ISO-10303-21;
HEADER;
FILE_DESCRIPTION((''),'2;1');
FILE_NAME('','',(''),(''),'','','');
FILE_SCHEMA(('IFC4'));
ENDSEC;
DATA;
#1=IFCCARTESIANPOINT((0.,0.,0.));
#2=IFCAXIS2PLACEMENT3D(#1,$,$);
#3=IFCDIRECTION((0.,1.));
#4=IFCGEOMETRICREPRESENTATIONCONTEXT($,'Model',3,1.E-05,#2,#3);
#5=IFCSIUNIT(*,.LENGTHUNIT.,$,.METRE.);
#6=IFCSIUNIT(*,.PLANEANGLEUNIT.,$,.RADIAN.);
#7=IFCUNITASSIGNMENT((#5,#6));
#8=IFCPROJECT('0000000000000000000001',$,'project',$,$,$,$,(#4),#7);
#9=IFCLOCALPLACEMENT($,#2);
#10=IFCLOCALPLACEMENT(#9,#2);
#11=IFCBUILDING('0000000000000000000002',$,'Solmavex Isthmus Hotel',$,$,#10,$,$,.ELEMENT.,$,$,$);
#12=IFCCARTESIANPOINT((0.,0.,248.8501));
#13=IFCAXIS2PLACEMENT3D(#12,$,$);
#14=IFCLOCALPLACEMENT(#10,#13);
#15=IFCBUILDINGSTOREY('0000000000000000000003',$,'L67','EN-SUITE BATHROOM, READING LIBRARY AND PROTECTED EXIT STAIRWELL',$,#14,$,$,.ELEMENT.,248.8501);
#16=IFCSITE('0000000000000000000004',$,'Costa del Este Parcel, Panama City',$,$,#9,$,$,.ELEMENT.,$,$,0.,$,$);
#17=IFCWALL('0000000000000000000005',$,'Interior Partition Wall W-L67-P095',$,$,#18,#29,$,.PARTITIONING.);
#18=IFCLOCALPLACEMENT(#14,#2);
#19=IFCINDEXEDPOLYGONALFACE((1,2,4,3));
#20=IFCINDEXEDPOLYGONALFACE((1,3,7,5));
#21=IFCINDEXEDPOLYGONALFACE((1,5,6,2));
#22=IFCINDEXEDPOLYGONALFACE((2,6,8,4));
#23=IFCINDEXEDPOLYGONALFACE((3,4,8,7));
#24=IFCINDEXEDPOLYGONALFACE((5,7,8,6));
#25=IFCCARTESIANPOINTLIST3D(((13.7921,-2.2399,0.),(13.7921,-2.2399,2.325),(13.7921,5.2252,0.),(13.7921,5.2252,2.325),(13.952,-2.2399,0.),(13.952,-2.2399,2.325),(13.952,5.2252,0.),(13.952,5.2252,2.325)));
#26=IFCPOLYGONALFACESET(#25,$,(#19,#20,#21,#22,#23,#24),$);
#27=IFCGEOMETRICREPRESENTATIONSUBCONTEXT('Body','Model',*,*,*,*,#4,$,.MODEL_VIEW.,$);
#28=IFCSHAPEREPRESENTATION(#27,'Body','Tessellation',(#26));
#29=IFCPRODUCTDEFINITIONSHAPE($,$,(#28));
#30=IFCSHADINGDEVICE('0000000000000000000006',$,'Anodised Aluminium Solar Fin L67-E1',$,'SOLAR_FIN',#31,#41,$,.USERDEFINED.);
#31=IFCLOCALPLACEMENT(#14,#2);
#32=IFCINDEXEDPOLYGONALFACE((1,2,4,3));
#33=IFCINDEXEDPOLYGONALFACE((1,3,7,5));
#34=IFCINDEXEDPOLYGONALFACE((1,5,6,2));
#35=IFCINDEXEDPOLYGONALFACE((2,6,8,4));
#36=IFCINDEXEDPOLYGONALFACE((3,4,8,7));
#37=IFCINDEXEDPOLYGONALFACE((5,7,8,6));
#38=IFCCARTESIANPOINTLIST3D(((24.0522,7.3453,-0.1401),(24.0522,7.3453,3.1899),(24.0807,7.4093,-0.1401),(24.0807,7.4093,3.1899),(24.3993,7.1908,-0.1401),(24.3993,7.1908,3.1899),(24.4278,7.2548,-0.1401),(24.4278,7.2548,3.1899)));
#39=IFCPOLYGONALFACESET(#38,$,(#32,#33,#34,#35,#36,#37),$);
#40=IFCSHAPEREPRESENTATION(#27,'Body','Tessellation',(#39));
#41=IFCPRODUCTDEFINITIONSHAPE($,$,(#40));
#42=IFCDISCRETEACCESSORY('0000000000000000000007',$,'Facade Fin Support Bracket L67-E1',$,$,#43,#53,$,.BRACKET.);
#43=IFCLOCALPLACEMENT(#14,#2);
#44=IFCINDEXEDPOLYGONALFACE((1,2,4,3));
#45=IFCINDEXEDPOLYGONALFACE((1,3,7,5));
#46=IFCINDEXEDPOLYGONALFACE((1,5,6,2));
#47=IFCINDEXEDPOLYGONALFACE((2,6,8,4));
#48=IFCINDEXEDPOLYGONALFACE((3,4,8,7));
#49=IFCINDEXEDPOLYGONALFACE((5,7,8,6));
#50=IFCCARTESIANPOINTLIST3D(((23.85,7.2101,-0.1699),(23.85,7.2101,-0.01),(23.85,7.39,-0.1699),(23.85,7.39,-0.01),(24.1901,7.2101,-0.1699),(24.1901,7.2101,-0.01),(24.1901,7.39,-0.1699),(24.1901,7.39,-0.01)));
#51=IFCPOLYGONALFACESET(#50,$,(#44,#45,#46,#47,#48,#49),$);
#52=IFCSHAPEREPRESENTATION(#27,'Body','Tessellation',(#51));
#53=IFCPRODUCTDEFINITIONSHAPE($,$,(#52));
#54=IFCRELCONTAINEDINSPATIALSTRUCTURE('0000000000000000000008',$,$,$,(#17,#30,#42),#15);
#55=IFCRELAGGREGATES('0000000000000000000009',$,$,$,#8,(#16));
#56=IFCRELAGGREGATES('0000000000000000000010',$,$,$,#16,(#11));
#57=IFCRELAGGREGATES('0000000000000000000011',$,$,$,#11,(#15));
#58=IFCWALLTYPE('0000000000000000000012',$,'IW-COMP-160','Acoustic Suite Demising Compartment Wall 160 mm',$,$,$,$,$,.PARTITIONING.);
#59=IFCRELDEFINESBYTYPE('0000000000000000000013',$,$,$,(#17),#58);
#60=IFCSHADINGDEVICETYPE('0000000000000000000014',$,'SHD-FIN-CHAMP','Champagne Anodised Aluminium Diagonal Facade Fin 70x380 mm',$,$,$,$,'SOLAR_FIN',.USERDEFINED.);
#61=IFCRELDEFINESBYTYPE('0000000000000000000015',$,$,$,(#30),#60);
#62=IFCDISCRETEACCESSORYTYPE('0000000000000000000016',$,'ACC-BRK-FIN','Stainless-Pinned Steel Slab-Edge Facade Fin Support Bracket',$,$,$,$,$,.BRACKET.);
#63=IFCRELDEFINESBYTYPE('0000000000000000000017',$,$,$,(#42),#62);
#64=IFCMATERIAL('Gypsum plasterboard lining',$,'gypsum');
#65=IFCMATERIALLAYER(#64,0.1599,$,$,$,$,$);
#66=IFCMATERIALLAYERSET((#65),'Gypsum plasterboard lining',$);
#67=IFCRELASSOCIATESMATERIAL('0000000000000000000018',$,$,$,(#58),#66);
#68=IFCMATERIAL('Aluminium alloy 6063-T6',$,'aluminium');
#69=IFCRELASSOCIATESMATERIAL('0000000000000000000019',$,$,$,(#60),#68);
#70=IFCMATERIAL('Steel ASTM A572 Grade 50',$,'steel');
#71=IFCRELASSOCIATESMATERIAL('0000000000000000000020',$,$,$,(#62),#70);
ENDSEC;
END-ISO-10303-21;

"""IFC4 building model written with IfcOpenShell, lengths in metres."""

from ifc_helpers import new_model, si_unit, direction, frame, frame_2d, origin, origin_2d, place, context, subcontext, project, spatial, rectangle, extrude, material, layer, layer_set, type_object, element, save


model = new_model("IFC4")

# Units and contexts
model_context = context("Model", 3, precision=1e-05, world=origin(), true_north=direction((0.0, 1.0)))
body_context = subcontext(model_context, "Body", "Model", "MODEL_VIEW")
ifc_project = project(units=[si_unit("LENGTHUNIT", "METRE"), si_unit("PLANEANGLEUNIT", "RADIAN")], contexts=[model_context])

# Site, building, storey
site_placement = place(None, origin())
site = spatial("IfcSite", under=ifc_project, at=site_placement, Name="Costa del Este Parcel, Panama City", CompositionType="ELEMENT", RefElevation=0.0)
building_placement = place(site_placement, origin())
building = spatial("IfcBuilding", under=site, at=building_placement, Name="Solmavex Isthmus Hotel", CompositionType="ELEMENT")
storey_placement = place(building_placement, frame((0.0, 0.0, 248.8501)))
storey = spatial("IfcBuildingStorey", under=building, at=storey_placement, Name="L67", Description="EN-SUITE BATHROOM, READING LIBRARY AND PROTECTED EXIT STAIRWELL", CompositionType="ELEMENT", Elevation=248.8501)

# Shared definitions
ifc_material_1 = material(Name="Aluminium alloy 6063-T6", Category="aluminium")

# Wall
ifc_material_2 = material(Name="Gypsum plasterboard lining", Category="gypsum")
ifc_layer_1 = layer(ifc_material_2, 0.1599)
ifc_layer_set_1 = layer_set([ifc_layer_1], Name="Gypsum plasterboard lining")
wall_type_1 = type_object("IfcWallType", Name="IW-COMP-160", Description="Acoustic Suite Demising Compartment Wall 160 mm", PredefinedType="PARTITIONING", material=ifc_layer_set_1)
wall_1_placement = place(storey_placement, frame((13.8721, 5.2251, 0.0), z_axis=(0.0, 0.0, 1.0), x_axis=(0.0, -1.0, 0.0)))
element("IfcWall", 1, at=wall_1_placement, inside=storey, type_object=wall_type_1, Name="Interior Partition Wall W-L67-P095", PredefinedType="PARTITIONING", context=body_context, shape_type="SweptSolid", body=[
    extrude(rectangle(XDim=7.4651, YDim=0.1599, at=frame_2d((3.7324, 0.0))), origin(), (0.0, 0.0, 1.0), 2.325),
])

# Shading device
shading_device_type = type_object("IfcShadingDeviceType", Name="SHD-FIN-CHAMP", Description="Champagne Anodised Aluminium Diagonal Facade Fin 70x380 mm", ElementType="SOLAR_FIN", PredefinedType="USERDEFINED", material=ifc_material_1)
shading_device_placement = place(storey_placement, frame((24.24, 7.3, -0.1401), z_axis=(0.0, 0.0, 1.0), x_axis=(0.913545, -0.406737, 0.0)))
element("IfcShadingDevice", 2, at=shading_device_placement, inside=storey, type_object=shading_device_type, Name="Anodised Aluminium Solar Fin L67-E1", ObjectType="SOLAR_FIN", PredefinedType="USERDEFINED", context=body_context, shape_type="SweptSolid", body=[
    extrude(rectangle(XDim=0.3799, YDim=0.0701, at=origin_2d()), origin(), (0.0, 0.0, 1.0), 3.3301),
])

# Discrete accessory
ifc_material_3 = material(Name="Steel ASTM A572 Grade 50", Category="steel")
discrete_accessory_type = type_object("IfcDiscreteAccessoryType", Name="ACC-BRK-FIN", Description="Stainless-Pinned Steel Slab-Edge Facade Fin Support Bracket", PredefinedType="BRACKET", material=ifc_material_3)
discrete_accessory_placement = place(storey_placement, frame((24.02, 7.3, -0.1699), z_axis=(0.0, 0.0, 1.0), x_axis=(1.0, 0.0, 0.0)))
element("IfcDiscreteAccessory", 3, at=discrete_accessory_placement, inside=storey, type_object=discrete_accessory_type, Name="Facade Fin Support Bracket L67-E1", PredefinedType="BRACKET", context=body_context, shape_type="SweptSolid", body=[
    extrude(rectangle(XDim=0.3401, YDim=0.1799, at=origin_2d()), origin(), (0.0, 0.0, 1.0), 0.1599),
])

save(model, "model.ifc")
